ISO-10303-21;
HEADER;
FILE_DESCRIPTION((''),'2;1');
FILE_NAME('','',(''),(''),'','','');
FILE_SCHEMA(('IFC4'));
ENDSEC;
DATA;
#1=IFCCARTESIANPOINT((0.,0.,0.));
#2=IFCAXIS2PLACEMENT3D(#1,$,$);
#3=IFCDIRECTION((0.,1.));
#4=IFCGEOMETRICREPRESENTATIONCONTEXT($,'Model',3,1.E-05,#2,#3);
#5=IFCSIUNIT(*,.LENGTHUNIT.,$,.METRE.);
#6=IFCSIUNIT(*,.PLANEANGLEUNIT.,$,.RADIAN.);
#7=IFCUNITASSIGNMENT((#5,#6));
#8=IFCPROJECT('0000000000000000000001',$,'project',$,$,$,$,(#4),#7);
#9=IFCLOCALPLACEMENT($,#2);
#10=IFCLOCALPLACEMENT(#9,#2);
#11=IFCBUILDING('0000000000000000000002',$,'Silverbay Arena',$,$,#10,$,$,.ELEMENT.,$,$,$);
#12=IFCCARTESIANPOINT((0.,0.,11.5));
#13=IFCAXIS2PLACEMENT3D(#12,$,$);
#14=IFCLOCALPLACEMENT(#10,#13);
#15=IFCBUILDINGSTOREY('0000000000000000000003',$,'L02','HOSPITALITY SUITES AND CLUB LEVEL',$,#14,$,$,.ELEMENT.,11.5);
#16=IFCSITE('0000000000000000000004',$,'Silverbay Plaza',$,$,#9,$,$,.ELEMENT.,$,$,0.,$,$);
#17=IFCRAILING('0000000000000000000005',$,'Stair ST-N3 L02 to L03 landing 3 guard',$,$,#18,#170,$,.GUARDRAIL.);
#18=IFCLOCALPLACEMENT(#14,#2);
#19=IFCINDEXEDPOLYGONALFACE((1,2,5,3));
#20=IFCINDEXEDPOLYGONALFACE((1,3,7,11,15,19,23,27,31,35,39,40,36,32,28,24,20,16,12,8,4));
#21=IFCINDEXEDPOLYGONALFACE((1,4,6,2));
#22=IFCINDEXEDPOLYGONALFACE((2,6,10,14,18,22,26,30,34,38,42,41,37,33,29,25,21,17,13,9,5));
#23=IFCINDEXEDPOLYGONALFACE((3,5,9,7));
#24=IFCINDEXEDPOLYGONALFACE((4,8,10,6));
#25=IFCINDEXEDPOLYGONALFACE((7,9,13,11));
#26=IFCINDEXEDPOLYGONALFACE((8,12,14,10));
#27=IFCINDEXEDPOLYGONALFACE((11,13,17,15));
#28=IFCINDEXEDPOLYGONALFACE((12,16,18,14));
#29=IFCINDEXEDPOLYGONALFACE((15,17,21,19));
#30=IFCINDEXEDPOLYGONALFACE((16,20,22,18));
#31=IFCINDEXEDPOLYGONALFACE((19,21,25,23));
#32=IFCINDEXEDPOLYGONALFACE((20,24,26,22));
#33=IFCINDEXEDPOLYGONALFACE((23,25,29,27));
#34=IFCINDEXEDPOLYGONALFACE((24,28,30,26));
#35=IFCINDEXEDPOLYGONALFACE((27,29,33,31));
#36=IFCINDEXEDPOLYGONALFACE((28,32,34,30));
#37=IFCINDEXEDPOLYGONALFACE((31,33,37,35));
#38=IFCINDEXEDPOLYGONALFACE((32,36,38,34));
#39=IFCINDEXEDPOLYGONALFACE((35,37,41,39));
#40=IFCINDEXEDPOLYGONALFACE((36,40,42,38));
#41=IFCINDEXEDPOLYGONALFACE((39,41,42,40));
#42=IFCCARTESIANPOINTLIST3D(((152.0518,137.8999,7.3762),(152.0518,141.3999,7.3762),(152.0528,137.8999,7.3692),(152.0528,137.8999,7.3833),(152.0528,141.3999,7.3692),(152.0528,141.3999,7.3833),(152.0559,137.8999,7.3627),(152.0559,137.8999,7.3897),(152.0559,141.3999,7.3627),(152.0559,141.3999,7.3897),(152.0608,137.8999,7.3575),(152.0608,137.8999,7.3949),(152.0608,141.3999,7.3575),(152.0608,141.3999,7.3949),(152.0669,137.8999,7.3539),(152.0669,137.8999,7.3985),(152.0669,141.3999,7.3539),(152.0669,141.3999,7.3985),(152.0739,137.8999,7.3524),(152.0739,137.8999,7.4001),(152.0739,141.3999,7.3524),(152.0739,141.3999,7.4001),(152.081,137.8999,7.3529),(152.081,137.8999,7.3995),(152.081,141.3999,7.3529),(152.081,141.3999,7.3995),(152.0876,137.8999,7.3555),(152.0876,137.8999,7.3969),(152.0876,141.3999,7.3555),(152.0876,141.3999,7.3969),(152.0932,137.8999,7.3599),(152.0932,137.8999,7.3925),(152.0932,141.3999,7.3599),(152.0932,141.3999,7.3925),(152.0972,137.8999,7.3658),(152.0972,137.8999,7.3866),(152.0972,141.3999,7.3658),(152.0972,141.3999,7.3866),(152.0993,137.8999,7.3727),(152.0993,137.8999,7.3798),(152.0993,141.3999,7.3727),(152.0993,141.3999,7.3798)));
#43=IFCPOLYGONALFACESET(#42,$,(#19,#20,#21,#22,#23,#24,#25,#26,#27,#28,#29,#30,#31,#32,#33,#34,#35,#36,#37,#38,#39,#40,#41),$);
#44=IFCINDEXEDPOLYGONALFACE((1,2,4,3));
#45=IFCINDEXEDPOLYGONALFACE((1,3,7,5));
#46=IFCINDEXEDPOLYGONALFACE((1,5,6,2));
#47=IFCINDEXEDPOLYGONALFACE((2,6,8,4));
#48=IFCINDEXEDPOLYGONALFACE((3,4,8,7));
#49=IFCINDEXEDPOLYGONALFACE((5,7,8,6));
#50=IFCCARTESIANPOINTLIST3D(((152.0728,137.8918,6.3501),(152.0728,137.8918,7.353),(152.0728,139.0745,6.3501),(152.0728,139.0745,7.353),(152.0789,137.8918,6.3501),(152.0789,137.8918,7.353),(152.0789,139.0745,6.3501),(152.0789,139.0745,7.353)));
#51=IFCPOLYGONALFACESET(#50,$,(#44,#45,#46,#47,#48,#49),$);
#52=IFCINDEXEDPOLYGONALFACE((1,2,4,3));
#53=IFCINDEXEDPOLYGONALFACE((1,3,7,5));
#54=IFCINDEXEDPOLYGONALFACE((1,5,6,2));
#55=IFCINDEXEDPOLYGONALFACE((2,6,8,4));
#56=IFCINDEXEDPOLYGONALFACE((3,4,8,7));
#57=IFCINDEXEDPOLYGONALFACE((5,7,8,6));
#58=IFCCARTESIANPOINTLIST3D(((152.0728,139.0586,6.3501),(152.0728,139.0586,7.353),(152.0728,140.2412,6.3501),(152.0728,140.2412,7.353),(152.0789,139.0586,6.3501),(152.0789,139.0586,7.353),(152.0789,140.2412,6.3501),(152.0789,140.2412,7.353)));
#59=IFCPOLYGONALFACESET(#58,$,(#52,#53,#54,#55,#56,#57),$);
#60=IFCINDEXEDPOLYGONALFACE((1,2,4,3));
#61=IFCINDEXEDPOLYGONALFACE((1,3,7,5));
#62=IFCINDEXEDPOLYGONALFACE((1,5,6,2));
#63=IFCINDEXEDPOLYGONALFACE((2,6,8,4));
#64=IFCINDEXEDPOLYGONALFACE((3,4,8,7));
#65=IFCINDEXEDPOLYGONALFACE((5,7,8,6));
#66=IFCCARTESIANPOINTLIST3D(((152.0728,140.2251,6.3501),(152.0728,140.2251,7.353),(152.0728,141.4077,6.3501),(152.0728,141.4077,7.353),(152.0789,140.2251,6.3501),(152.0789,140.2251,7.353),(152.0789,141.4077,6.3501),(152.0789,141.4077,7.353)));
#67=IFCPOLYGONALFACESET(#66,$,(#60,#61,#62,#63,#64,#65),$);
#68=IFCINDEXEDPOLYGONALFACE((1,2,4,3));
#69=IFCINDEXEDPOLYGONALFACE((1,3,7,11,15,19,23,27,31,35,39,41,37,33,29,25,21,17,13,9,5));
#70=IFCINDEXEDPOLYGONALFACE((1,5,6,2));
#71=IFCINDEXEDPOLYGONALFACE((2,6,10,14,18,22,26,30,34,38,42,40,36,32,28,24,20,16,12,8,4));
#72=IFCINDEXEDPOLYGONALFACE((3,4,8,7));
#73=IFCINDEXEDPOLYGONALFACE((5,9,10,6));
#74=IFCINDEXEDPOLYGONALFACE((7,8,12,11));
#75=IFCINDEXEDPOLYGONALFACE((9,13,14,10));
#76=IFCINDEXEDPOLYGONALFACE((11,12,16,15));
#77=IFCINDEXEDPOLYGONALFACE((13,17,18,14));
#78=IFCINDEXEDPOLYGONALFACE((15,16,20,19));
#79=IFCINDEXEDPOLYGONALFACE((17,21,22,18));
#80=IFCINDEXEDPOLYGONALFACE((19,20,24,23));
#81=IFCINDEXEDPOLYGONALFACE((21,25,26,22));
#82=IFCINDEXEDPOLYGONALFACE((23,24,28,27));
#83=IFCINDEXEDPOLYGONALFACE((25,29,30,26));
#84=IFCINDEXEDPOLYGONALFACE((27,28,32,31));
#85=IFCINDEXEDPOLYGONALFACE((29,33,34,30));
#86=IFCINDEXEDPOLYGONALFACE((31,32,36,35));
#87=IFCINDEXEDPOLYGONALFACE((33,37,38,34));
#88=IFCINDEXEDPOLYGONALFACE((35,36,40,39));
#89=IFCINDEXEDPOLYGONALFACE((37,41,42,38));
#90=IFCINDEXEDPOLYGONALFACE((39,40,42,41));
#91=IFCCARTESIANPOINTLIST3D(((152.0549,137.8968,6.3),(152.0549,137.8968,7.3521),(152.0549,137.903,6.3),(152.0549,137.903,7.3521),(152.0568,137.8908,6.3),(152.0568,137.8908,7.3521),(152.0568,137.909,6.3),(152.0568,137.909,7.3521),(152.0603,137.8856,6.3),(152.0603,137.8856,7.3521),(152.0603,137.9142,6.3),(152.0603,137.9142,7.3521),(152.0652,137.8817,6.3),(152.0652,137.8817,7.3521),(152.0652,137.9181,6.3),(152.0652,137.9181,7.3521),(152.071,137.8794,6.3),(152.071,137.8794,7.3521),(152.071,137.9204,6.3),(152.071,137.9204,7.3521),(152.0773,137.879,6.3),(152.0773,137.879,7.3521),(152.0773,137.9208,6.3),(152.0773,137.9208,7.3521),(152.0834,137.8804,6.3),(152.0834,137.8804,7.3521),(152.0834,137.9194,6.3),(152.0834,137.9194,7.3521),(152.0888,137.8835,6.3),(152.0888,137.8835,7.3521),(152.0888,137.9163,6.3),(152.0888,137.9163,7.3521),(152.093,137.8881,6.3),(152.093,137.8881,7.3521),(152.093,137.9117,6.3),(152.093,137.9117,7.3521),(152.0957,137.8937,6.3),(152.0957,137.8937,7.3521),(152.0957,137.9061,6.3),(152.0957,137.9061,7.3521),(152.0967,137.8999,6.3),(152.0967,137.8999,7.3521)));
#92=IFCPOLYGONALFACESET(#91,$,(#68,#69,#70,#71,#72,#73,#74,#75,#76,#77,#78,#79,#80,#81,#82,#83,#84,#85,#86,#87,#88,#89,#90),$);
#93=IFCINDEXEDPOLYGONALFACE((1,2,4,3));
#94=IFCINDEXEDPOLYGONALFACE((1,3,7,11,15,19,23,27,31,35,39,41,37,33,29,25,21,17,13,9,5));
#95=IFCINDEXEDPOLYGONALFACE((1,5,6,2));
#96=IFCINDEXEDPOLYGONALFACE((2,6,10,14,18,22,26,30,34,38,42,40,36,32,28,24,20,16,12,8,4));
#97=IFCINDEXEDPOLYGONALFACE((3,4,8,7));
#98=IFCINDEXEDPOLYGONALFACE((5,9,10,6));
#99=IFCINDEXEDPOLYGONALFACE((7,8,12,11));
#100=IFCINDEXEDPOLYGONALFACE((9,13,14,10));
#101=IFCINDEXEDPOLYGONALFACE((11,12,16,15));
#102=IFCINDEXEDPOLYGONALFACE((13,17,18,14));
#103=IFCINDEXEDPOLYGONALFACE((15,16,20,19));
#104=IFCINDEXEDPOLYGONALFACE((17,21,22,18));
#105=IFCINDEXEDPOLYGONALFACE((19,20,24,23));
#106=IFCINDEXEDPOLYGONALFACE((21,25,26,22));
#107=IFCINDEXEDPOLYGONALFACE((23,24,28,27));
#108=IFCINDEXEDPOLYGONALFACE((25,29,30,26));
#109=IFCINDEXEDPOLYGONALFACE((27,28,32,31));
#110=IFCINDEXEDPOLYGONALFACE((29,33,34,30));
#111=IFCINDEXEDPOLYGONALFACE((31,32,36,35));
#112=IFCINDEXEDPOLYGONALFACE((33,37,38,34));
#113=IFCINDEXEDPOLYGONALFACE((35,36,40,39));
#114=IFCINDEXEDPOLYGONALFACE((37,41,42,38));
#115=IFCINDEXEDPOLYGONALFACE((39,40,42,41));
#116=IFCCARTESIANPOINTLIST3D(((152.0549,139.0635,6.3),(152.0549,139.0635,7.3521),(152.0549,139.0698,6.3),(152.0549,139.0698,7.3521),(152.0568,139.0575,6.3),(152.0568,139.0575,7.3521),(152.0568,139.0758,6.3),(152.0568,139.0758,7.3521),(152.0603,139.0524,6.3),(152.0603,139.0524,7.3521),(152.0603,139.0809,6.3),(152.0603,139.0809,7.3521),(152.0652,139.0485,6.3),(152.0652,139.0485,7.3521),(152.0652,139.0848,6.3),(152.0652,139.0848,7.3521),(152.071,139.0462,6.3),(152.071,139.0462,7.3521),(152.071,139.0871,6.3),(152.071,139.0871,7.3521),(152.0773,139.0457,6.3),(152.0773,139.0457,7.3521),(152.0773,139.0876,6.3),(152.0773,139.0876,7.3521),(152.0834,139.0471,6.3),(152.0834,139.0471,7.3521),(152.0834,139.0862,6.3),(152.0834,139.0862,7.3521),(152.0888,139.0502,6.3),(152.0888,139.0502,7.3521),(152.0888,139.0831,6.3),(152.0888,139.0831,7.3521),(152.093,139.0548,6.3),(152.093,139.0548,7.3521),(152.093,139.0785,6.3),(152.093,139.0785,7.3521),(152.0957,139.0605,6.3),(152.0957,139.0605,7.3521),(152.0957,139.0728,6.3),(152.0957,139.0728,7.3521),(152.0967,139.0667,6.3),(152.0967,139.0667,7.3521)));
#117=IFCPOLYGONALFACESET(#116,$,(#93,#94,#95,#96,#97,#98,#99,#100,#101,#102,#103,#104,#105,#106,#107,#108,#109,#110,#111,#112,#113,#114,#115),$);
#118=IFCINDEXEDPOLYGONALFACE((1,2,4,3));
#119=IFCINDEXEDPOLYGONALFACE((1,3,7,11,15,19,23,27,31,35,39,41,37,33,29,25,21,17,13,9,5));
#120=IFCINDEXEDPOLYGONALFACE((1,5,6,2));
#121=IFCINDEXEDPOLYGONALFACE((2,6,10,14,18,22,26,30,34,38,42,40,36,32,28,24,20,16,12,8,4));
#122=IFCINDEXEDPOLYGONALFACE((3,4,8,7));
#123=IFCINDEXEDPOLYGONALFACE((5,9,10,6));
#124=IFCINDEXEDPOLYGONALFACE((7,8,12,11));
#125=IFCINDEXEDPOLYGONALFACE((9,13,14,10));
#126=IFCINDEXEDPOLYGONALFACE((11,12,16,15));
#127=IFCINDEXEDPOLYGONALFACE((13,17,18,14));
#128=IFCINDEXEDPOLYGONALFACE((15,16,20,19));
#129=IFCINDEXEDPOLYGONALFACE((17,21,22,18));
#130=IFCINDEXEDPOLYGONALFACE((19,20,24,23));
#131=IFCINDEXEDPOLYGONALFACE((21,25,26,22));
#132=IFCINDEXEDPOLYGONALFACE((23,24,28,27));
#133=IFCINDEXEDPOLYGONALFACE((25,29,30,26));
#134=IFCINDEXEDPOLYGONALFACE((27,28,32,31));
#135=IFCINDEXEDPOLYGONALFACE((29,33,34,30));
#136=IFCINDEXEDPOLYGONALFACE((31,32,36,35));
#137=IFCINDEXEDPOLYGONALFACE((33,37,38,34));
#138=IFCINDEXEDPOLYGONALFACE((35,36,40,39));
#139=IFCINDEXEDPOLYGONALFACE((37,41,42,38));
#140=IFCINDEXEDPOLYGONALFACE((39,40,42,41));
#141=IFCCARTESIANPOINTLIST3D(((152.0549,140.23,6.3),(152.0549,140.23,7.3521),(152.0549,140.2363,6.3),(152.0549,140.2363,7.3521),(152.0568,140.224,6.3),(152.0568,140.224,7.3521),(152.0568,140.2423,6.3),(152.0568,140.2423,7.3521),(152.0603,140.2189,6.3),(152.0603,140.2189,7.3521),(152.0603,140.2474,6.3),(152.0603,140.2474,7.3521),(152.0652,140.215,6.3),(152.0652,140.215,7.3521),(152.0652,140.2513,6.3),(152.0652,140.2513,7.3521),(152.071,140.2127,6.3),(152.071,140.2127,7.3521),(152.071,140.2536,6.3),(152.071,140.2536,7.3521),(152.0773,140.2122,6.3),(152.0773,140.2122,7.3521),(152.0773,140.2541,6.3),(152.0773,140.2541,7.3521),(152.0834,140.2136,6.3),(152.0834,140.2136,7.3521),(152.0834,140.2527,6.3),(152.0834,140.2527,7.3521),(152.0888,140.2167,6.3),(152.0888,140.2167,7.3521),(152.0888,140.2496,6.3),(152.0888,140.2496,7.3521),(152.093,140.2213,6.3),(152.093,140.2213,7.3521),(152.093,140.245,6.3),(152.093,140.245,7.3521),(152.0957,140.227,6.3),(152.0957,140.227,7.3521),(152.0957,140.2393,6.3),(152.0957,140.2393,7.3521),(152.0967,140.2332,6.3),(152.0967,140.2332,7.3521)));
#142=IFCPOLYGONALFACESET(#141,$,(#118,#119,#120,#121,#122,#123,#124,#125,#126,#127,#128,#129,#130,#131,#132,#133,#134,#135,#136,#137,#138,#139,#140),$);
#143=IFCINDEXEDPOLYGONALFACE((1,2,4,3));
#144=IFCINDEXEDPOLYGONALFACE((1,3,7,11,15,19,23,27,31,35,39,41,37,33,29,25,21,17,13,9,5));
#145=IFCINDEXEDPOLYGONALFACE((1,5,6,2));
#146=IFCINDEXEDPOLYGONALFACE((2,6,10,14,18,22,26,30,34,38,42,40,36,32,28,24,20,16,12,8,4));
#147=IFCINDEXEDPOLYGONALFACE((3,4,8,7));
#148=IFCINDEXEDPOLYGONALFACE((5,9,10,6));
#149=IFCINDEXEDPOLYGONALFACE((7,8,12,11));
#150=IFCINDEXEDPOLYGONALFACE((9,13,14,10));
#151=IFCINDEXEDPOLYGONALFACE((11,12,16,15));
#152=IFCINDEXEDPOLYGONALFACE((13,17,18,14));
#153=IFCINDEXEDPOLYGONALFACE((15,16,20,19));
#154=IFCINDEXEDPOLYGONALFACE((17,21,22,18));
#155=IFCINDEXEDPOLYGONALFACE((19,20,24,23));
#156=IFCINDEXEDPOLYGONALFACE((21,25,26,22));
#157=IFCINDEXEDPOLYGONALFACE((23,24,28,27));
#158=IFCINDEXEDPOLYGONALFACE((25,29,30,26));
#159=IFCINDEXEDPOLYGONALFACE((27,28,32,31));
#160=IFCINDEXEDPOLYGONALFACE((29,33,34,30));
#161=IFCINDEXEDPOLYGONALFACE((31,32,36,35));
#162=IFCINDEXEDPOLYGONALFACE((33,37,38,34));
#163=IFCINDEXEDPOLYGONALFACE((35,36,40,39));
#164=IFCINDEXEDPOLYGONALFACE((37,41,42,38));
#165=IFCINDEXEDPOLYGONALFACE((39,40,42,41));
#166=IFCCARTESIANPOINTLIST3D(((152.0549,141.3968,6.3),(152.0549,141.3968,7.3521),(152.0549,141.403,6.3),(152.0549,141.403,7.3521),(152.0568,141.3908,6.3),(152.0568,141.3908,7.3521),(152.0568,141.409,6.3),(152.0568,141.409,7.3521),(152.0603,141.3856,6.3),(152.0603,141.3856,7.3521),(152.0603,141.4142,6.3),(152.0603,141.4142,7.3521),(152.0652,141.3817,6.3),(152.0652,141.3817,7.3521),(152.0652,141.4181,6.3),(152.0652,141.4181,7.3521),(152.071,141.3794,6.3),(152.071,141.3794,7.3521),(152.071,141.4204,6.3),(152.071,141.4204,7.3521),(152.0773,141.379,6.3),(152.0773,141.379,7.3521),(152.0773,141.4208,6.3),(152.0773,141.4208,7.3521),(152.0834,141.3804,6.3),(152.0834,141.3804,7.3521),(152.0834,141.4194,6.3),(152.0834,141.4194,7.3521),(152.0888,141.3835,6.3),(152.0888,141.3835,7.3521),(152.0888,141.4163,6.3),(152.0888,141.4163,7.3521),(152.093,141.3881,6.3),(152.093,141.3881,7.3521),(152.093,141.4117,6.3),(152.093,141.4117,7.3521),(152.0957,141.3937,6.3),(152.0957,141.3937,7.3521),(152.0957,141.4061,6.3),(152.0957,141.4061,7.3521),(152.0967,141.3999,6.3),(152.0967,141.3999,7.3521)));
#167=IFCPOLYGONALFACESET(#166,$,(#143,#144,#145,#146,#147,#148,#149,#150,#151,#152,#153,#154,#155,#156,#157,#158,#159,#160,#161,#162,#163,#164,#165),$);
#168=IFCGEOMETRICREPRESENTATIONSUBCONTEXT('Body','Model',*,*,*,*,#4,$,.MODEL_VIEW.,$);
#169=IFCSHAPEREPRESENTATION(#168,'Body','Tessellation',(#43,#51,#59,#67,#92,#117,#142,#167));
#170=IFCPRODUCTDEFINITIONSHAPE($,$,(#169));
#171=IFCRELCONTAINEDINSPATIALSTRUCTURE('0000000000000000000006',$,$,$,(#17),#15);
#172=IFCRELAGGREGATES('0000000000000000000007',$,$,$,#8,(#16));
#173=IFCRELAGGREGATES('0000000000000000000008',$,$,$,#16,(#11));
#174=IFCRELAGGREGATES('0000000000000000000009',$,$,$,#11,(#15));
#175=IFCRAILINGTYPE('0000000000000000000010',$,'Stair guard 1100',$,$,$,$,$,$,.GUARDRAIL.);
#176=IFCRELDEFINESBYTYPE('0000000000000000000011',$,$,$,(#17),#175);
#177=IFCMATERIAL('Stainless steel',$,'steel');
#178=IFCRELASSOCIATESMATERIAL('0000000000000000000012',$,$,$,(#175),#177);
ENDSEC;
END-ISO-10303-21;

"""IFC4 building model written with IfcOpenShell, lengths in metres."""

from ifc_helpers import new_model, si_unit, direction, frame, origin, origin_2d, place, context, subcontext, project, spatial, polyline, circle, outline, extrude, material, type_object, element, save


model = new_model("IFC4")

# Units and contexts
model_context = context("Model", 3, precision=1e-05, world=origin(), true_north=direction((0.0, 1.0)))
body_context = subcontext(model_context, "Body", "Model", "MODEL_VIEW")
ifc_project = project(units=[si_unit("LENGTHUNIT", "METRE"), si_unit("PLANEANGLEUNIT", "RADIAN")], contexts=[model_context])

# Site, building, storey
site_placement = place(None, origin())
site = spatial("IfcSite", under=ifc_project, at=site_placement, Name="Silverbay Plaza", CompositionType="ELEMENT", RefElevation=0.0)
building_placement = place(site_placement, origin())
building = spatial("IfcBuilding", under=site, at=building_placement, Name="Silverbay Arena", CompositionType="ELEMENT")
storey_placement = place(building_placement, frame((0.0, 0.0, 11.5)))
storey = spatial("IfcBuildingStorey", under=building, at=storey_placement, Name="L02", Description="HOSPITALITY SUITES AND CLUB LEVEL", CompositionType="ELEMENT", Elevation=11.5)

# Railing
ifc_material_1 = material(Name="Stainless steel", Category="steel")
railing_type_1 = type_object("IfcRailingType", Name="Stair guard 1100", PredefinedType="GUARDRAIL", material=ifc_material_1)
for number, where, name in (
    (1, (152.0757, 137.8999, 6.3), "Stair ST-N3 L02 to L03 landing 3 guard"),
):
    element("IfcRailing", number, at=place(storey_placement, frame(where)), inside=storey, type_object=railing_type_1, Name=name, PredefinedType="GUARDRAIL", context=body_context, shape_type="SweptSolid", body=[
        extrude(circle(Radius=0.0239, at=origin_2d()), frame((0.0, 0.0, 1.0762), z_axis=(0.0, 1.0, 0.0), x_axis=(-1.0, 0.0, 0.0)), (0.0, 0.0, 1.0), 3.5),
        extrude(outline(polyline([(-0.0081, 0.05), (1.1746, 0.05), (1.1746, 1.053), (-0.0081, 1.053), (-0.0081, 0.05)])), frame((-0.0029, 0.0, 0.0), z_axis=(1.0, 0.0, 0.0), x_axis=(0.0, 1.0, 0.0)), (0.0, 0.0, 1.0), 0.0061),
        extrude(outline(polyline([(-0.0081, 0.05), (1.1746, 0.05), (1.1746, 1.053), (-0.0081, 1.053), (-0.0081, 0.05)])), frame((-0.0029, 1.1667, 0.0), z_axis=(1.0, 0.0, 0.0), x_axis=(0.0, 1.0, 0.0)), (0.0, 0.0, 1.0), 0.0061),
        extrude(outline(polyline([(-0.0081, 0.05), (1.1746, 0.05), (1.1746, 1.053), (-0.0081, 1.053), (-0.0081, 0.05)])), frame((-0.0029, 2.3333, 0.0), z_axis=(1.0, 0.0, 0.0), x_axis=(0.0, 1.0, 0.0)), (0.0, 0.0, 1.0), 0.0061),
        extrude(circle(Radius=0.021, at=origin_2d()), origin(), (0.0, 0.0, 1.0), 1.052),
        extrude(circle(Radius=0.021, at=origin_2d()), frame((0.0, 1.1667, 0.0)), (0.0, 0.0, 1.0), 1.052),
        extrude(circle(Radius=0.021, at=origin_2d()), frame((0.0, 2.3333, 0.0)), (0.0, 0.0, 1.0), 1.052),
        extrude(circle(Radius=0.021, at=origin_2d()), frame((0.0, 3.5, 0.0)), (0.0, 0.0, 1.0), 1.052),
    ])

save(model, "model.ifc")
